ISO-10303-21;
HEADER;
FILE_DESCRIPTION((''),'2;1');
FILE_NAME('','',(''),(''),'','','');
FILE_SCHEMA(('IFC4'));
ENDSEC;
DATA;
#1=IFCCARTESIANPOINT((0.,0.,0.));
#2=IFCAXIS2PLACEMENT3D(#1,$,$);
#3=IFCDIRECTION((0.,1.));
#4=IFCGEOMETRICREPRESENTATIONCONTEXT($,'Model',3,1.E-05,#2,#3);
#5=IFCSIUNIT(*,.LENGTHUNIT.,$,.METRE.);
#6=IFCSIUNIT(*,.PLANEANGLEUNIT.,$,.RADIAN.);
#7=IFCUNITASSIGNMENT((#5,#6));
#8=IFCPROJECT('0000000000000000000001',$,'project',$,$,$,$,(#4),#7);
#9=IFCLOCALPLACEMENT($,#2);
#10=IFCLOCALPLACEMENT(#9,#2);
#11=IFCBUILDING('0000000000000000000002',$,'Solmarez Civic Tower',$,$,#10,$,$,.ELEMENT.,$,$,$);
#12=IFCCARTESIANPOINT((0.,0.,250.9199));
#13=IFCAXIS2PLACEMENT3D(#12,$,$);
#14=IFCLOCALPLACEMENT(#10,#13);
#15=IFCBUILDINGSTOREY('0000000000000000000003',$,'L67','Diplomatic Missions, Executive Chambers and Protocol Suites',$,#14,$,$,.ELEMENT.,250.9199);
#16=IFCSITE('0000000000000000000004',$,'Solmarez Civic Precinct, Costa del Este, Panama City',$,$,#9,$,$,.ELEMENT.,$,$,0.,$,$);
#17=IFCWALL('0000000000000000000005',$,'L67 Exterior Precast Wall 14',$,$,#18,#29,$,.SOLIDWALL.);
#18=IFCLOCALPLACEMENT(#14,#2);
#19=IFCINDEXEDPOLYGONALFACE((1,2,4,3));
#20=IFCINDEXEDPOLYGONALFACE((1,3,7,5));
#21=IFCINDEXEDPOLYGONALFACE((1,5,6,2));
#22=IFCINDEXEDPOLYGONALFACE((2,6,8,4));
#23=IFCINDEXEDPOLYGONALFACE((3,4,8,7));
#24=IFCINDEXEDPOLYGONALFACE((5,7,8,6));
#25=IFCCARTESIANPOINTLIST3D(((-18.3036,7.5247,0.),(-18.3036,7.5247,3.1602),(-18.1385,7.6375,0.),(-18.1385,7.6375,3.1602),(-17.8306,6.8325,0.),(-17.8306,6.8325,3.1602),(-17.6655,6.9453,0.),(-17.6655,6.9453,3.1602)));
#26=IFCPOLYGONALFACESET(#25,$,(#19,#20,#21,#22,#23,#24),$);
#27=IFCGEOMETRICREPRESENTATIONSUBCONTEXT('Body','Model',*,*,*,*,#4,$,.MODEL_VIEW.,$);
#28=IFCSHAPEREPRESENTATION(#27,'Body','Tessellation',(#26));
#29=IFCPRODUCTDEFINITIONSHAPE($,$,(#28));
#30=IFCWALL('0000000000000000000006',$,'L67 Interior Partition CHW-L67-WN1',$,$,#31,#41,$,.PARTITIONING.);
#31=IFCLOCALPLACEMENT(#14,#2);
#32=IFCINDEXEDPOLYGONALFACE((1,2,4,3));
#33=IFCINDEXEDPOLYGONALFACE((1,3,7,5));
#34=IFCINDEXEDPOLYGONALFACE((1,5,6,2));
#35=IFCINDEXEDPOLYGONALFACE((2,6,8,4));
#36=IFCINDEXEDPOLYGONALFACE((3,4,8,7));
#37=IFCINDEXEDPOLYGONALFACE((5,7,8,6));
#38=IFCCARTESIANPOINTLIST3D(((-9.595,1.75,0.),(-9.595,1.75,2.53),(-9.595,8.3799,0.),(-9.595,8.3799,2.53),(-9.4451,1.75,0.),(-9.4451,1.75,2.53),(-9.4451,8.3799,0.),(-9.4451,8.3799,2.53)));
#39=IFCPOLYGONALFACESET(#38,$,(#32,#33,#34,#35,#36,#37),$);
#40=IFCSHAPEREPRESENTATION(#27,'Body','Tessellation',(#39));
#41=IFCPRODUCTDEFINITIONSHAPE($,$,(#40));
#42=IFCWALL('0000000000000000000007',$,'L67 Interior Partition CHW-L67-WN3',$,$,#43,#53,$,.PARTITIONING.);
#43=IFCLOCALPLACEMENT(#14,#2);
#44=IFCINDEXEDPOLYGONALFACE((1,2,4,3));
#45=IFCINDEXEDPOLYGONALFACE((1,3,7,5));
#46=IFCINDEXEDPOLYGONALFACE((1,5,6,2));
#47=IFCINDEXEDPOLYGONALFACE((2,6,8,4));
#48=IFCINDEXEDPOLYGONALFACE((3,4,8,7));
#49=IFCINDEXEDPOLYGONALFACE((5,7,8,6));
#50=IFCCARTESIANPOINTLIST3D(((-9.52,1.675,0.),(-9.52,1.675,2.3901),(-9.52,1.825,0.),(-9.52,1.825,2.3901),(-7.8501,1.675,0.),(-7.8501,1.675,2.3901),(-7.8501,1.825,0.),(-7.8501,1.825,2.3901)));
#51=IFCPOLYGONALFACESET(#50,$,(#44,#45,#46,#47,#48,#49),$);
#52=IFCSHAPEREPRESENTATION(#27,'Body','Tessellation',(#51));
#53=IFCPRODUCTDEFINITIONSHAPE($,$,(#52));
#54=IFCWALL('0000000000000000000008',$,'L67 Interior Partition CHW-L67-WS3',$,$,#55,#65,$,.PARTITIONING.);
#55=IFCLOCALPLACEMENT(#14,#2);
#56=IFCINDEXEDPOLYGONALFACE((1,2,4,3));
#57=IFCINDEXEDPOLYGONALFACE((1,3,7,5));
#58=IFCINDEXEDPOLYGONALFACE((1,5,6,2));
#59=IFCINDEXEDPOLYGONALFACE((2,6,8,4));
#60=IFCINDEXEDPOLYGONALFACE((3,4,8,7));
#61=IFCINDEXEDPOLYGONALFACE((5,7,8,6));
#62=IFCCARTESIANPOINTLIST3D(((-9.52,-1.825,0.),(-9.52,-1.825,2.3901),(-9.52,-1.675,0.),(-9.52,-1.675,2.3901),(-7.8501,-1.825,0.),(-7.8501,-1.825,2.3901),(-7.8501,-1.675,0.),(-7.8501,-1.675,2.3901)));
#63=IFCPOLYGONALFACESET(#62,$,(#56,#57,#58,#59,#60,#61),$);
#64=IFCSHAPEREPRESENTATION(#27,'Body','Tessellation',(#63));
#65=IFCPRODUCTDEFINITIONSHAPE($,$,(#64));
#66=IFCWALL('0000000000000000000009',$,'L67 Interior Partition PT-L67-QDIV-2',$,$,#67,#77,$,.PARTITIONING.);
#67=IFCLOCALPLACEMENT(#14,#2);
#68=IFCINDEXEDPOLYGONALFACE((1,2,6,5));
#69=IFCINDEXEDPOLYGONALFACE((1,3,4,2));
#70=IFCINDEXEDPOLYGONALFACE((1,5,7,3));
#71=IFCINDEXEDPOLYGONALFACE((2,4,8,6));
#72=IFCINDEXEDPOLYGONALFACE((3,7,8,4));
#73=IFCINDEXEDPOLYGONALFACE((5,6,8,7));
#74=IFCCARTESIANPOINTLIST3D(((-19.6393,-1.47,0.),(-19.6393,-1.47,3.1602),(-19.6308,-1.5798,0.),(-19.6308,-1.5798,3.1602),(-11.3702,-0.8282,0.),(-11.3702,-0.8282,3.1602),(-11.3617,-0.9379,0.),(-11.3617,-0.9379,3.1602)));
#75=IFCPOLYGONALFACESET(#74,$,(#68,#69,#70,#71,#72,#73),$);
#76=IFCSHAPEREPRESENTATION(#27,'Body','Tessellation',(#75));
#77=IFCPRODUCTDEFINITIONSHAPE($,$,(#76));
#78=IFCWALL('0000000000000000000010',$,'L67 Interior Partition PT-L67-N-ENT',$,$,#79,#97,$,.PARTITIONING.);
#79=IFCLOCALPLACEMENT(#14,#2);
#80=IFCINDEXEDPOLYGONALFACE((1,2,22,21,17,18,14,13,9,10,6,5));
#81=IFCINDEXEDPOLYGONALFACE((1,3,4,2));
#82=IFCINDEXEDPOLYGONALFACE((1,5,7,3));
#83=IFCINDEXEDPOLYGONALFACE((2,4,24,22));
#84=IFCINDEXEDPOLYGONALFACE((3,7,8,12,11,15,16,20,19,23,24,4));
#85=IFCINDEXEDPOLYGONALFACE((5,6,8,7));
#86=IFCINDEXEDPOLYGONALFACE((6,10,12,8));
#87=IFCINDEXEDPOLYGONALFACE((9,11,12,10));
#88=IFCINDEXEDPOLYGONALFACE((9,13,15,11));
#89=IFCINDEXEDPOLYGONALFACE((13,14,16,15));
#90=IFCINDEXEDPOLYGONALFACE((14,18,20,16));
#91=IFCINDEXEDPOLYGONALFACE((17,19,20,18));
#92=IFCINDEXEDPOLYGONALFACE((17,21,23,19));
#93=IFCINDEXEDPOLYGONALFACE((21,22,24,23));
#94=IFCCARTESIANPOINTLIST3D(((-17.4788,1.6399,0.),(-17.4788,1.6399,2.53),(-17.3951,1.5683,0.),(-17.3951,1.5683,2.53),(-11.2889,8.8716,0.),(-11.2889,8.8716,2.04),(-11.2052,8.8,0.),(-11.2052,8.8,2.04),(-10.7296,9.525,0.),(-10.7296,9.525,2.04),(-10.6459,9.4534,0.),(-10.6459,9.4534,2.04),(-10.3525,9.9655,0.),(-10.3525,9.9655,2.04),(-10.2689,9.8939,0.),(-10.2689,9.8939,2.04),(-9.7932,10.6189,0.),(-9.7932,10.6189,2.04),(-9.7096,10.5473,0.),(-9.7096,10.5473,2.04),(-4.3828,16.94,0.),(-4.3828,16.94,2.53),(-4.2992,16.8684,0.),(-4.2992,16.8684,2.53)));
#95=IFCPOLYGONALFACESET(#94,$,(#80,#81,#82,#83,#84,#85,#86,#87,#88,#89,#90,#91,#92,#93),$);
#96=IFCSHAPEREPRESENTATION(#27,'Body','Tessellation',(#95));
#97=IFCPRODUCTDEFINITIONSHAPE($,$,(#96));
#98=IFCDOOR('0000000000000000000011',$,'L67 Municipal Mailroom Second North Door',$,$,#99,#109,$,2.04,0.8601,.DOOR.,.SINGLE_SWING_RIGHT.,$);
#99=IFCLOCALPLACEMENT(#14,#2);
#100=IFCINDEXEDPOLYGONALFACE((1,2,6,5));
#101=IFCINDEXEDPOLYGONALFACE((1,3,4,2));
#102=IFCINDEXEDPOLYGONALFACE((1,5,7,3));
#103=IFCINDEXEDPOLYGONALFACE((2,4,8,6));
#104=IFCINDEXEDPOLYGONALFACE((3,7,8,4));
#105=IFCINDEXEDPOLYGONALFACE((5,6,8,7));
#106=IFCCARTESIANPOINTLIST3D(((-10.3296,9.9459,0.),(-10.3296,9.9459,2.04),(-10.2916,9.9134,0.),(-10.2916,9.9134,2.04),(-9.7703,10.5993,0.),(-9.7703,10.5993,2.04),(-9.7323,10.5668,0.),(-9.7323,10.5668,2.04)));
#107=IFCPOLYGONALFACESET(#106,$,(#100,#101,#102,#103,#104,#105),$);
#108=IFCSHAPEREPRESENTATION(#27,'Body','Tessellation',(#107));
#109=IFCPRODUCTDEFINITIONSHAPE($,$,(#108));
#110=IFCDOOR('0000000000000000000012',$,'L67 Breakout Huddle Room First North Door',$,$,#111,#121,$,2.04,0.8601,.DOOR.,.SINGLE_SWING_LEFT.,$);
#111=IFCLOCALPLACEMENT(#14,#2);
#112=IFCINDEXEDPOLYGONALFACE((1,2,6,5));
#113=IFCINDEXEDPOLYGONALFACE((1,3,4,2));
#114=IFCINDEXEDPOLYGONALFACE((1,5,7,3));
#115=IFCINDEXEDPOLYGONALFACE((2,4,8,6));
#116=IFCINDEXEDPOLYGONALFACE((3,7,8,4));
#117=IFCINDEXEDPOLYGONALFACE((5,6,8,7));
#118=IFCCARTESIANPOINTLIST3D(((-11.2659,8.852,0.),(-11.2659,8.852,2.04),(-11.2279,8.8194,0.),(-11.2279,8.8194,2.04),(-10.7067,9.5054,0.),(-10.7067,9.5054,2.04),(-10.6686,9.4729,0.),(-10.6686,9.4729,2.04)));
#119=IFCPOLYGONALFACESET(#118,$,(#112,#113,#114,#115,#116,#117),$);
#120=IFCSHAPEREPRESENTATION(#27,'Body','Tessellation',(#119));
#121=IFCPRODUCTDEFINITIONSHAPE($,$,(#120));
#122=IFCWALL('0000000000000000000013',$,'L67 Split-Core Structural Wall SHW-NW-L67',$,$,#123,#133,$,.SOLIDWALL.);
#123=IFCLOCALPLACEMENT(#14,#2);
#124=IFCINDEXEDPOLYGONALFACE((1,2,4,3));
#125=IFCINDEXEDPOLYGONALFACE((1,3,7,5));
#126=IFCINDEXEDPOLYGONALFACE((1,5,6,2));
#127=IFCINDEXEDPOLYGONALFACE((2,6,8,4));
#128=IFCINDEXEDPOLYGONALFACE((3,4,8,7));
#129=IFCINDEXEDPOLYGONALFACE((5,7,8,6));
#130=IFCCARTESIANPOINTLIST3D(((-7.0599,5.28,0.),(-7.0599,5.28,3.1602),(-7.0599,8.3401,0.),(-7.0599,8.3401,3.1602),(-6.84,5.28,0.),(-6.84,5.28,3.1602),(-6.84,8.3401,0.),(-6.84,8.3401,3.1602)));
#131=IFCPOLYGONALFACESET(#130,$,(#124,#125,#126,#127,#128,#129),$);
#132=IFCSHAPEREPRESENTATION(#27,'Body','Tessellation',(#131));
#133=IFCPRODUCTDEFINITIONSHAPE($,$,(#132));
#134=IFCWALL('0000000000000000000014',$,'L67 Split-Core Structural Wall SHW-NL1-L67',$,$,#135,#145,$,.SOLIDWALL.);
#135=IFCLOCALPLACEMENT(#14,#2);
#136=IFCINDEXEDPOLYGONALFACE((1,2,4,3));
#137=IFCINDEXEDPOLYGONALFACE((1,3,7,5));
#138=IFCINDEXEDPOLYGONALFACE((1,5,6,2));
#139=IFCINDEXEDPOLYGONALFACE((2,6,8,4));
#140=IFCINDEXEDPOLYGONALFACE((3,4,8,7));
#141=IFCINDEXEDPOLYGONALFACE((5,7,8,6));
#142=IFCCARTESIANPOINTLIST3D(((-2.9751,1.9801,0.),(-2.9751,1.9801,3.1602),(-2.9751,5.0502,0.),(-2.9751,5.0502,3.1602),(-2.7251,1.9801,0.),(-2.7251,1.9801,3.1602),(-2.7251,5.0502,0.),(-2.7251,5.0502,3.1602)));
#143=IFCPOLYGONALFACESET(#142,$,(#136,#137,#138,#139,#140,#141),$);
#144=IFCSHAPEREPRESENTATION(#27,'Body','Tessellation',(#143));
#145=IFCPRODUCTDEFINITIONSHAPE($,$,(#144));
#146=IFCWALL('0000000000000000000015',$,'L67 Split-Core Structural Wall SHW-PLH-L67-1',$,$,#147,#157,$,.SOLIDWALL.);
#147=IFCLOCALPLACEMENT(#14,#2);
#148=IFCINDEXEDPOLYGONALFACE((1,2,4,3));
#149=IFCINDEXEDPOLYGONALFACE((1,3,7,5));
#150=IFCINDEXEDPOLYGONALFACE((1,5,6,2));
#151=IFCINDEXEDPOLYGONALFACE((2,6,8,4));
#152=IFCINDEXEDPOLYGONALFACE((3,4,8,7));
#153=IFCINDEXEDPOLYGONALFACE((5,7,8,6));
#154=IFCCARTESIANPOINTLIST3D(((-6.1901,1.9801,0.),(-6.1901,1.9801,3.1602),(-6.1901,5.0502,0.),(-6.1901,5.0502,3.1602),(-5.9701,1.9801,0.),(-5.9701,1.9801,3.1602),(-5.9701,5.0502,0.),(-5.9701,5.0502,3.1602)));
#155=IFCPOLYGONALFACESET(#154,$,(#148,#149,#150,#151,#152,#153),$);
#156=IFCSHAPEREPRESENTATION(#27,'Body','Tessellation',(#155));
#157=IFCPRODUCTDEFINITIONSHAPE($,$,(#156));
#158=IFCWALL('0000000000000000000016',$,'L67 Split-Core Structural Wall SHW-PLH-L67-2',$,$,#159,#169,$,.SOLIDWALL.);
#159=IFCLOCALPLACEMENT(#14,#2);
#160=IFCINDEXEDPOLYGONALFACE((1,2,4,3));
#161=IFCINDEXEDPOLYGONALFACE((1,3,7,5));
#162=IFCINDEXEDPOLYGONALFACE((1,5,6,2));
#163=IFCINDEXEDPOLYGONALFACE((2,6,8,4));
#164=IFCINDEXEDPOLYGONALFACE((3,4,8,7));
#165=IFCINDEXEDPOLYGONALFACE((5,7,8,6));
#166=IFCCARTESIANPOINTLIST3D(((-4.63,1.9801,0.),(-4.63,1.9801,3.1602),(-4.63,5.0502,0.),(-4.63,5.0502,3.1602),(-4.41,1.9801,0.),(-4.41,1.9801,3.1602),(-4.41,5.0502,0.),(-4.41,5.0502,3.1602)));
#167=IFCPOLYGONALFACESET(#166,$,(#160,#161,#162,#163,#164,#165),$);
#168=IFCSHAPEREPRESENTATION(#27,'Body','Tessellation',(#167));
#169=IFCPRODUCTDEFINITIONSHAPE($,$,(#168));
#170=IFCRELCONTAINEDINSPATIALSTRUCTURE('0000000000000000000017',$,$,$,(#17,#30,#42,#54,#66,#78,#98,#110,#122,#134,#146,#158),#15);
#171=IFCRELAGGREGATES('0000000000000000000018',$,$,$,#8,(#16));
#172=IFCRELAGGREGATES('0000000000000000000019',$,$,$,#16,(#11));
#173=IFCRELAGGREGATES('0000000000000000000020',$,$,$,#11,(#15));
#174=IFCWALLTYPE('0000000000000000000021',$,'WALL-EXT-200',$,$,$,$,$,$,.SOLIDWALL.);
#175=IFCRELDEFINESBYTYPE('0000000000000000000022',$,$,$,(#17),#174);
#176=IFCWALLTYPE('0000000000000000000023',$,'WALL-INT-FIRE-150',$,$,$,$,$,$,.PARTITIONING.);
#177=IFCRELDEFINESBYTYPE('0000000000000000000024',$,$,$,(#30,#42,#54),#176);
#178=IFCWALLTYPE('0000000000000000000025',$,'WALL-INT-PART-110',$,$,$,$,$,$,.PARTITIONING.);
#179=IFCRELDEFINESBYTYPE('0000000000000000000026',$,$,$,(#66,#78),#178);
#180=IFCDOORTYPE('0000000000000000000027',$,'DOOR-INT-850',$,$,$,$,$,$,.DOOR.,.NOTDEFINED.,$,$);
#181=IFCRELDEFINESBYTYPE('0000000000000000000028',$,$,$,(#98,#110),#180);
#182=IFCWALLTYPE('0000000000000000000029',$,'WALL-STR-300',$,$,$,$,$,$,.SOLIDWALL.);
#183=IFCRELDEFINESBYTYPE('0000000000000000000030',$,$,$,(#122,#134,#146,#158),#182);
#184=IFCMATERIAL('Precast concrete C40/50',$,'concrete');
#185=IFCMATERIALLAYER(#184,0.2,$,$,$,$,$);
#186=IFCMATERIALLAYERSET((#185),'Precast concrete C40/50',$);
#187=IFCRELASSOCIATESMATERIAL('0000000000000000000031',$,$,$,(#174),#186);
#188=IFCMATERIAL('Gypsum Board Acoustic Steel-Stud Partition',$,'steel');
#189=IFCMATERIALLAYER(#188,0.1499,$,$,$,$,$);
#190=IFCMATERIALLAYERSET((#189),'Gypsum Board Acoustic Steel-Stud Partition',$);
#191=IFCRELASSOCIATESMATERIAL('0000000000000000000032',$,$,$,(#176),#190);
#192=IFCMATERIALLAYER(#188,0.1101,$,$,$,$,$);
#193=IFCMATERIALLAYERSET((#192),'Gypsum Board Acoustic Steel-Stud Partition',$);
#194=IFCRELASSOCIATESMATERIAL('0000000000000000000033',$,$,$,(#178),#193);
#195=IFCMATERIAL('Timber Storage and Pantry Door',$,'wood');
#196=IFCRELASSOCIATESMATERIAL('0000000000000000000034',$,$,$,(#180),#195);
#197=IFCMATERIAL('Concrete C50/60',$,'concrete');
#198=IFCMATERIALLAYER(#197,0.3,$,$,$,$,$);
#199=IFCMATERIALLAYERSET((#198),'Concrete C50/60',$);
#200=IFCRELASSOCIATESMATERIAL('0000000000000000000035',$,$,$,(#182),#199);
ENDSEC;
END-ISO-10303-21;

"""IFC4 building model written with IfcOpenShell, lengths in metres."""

from ifc_helpers import new_model, si_unit, direction, frame, frame_2d, origin, place, context, subcontext, project, spatial, rectangle, extrude, material, layer, layer_set, type_object, element, fill, save


model = new_model("IFC4")

# Units and contexts
model_context = context("Model", 3, precision=1e-05, world=origin(), true_north=direction((0.0, 1.0)))
body_context = subcontext(model_context, "Body", "Model", "MODEL_VIEW")
ifc_project = project(units=[si_unit("LENGTHUNIT", "METRE"), si_unit("PLANEANGLEUNIT", "RADIAN")], contexts=[model_context])

# Site, building, storey
site_placement = place(None, origin())
site = spatial("IfcSite", under=ifc_project, at=site_placement, Name="Solmarez Civic Precinct, Costa del Este, Panama City", CompositionType="ELEMENT", RefElevation=0.0)
building_placement = place(site_placement, origin())
building = spatial("IfcBuilding", under=site, at=building_placement, Name="Solmarez Civic Tower", CompositionType="ELEMENT")
storey_placement = place(building_placement, frame((0.0, 0.0, 250.9199)))
storey = spatial("IfcBuildingStorey", under=building, at=storey_placement, Name="L67", Description="Diplomatic Missions, Executive Chambers and Protocol Suites", CompositionType="ELEMENT", Elevation=250.9199)

# Shared definitions
ifc_material_1 = material(Name="Concrete C50/60", Category="concrete")

# Walls
ifc_material_2 = material(Name="Precast concrete C40/50", Category="concrete")
ifc_layer_1 = layer(ifc_material_2, 0.2)
ifc_layer_set_1 = layer_set([ifc_layer_1], Name="Precast concrete C40/50")
wall_type_1 = type_object("IfcWallType", Name="WALL-EXT-200", PredefinedType="SOLIDWALL", material=ifc_layer_set_1)
wall_1_placement = place(storey_placement, frame((-17.748, 6.8889, 0.0), z_axis=(0.0, 0.0, 1.0), x_axis=(-0.564141, 0.825679, 0.0)))
element("IfcWall", 1, at=wall_1_placement, inside=storey, type_object=wall_type_1, Name="L67 Exterior Precast Wall 14", PredefinedType="SOLIDWALL", context=body_context, shape_type="SweptSolid", body=[
    extrude(rectangle(XDim=0.8384, YDim=0.2, at=frame_2d((0.4192, 0.0))), origin(), (0.0, 0.0, 1.0), 3.1602),
])
ifc_material_3 = material(Name="Gypsum Board Acoustic Steel-Stud Partition", Category="steel")
ifc_layer_2 = layer(ifc_material_3, 0.1499)
ifc_layer_set_2 = layer_set([ifc_layer_2], Name="Gypsum Board Acoustic Steel-Stud Partition")
wall_type_2 = type_object("IfcWallType", Name="WALL-INT-FIRE-150", PredefinedType="PARTITIONING", material=ifc_layer_set_2)
wall_2_placement = place(storey_placement, frame((-9.52, 1.75, 0.0), z_axis=(0.0, 0.0, 1.0), x_axis=(0.0, 1.0, 0.0)))
element("IfcWall", 2, at=wall_2_placement, inside=storey, type_object=wall_type_2, Name="L67 Interior Partition CHW-L67-WN1", PredefinedType="PARTITIONING", context=body_context, shape_type="SweptSolid", body=[
    extrude(rectangle(XDim=6.6299, YDim=0.1499, at=frame_2d((3.3149, 0.0))), origin(), (0.0, 0.0, 1.0), 2.53),
])
for number, where, z_axis, x_axis, name in (
    (3, (-7.8501, 1.75, 0.0), (0.0, 0.0, 1.0), (-1.0, 0.0, 0.0), "L67 Interior Partition CHW-L67-WN3"),
    (4, (-7.8501, -1.75, 0.0), (0.0, 0.0, 1.0), (-1.0, 0.0, 0.0), "L67 Interior Partition CHW-L67-WS3"),
):
    element("IfcWall", number, at=place(storey_placement, frame(where, z_axis=z_axis, x_axis=x_axis)), inside=storey, type_object=wall_type_2, Name=name, PredefinedType="PARTITIONING", context=body_context, shape_type="SweptSolid", body=[
        extrude(rectangle(XDim=1.6699, YDim=0.1499, at=frame_2d((0.835, 0.0))), origin(), (0.0, 0.0, 1.0), 2.3901),
    ])
ifc_layer_3 = layer(ifc_material_3, 0.1101)
ifc_layer_set_3 = layer_set([ifc_layer_3], Name="Gypsum Board Acoustic Steel-Stud Partition")
wall_type_3 = type_object("IfcWallType", Name="WALL-INT-PART-110", PredefinedType="PARTITIONING", material=ifc_layer_set_3)
wall_3_placement = place(storey_placement, frame((-11.366, -0.8831, 0.0), z_axis=(0.0, 0.0, 1.0), x_axis=(-0.997001, -0.077388, 0.0)))
element("IfcWall", 5, at=wall_3_placement, inside=storey, type_object=wall_type_3, Name="L67 Interior Partition PT-L67-QDIV-2", PredefinedType="PARTITIONING", context=body_context, shape_type="SweptSolid", body=[
    extrude(rectangle(XDim=8.2939, YDim=0.1101, at=frame_2d((4.147, 0.0))), origin(), (0.0, 0.0, 1.0), 3.1602),
])

# Wall, openings, doors
wall_4_placement = place(storey_placement, frame((-17.437, 1.604, 0.0), z_axis=(0.0, 0.0, 1.0), x_axis=(0.650265, 0.759707, 0.0)))
wall_4 = element("IfcWall", 6, at=wall_4_placement, inside=storey, type_object=wall_type_3, Name="L67 Interior Partition PT-L67-N-ENT", PredefinedType="PARTITIONING", context=body_context, shape_type="SweptSolid", body=[
    extrude(rectangle(XDim=20.1394, YDim=0.1101, at=frame_2d((10.0698, 0.0))), origin(), (0.0, 0.0, 1.0), 2.53),
])
opening_1_placement = place(wall_4_placement, frame((10.959, 0.0, 0.0)))
opening_1 = element("IfcOpeningElement", 7, at=opening_1_placement, cuts=wall_4, PredefinedType="OPENING", context=body_context, shape_type="SweptSolid", body=[
    extrude(rectangle(XDim=0.8601, YDim=2.04, at=frame_2d((0.4302, 1.02))), frame((0.0, 0.0649, 0.0), z_axis=(0.0, -1.0, 0.0), x_axis=(1.0, 0.0, 0.0)), (0.0, 0.0, 1.0), 0.1301),
])
opening_2_placement = place(wall_4_placement, frame((9.519, 0.0, 0.0)))
opening_2 = element("IfcOpeningElement", 8, at=opening_2_placement, cuts=wall_4, PredefinedType="OPENING", context=body_context, shape_type="SweptSolid", body=[
    extrude(rectangle(XDim=0.8601, YDim=2.04, at=frame_2d((0.4302, 1.02))), frame((0.0, 0.0649, 0.0), z_axis=(0.0, -1.0, 0.0), x_axis=(1.0, 0.0, 0.0)), (0.0, 0.0, 1.0), 0.1301),
])
ifc_material_4 = material(Name="Timber Storage and Pantry Door", Category="wood")
door_type = type_object("IfcDoorType", Name="DOOR-INT-850", OperationType="NOTDEFINED", PredefinedType="DOOR", material=ifc_material_4)
door_1_placement = place(opening_1_placement, origin())
door_1 = element("IfcDoor", 9, at=door_1_placement, inside=storey, type_object=door_type, Name="L67 Municipal Mailroom Second North Door", OperationType="SINGLE_SWING_RIGHT", OverallHeight=2.04, OverallWidth=0.8601, PredefinedType="DOOR", context=body_context, shape_type="SweptSolid", body=[
    extrude(rectangle(XDim=0.8601, YDim=2.04, at=frame_2d((0.4302, 1.02))), frame((0.0, 0.0249, 0.0), z_axis=(0.0, -1.0, 0.0), x_axis=(1.0, 0.0, 0.0)), (0.0, 0.0, 1.0), 0.05),
])
fill(opening_1, door_1)
door_2_placement = place(opening_2_placement, origin())
door_2 = element("IfcDoor", 10, at=door_2_placement, inside=storey, type_object=door_type, Name="L67 Breakout Huddle Room First North Door", OperationType="SINGLE_SWING_LEFT", OverallHeight=2.04, OverallWidth=0.8601, PredefinedType="DOOR", context=body_context, shape_type="SweptSolid", body=[
    extrude(rectangle(XDim=0.8601, YDim=2.04, at=frame_2d((0.4302, 1.02))), frame((0.0, 0.0249, 0.0), z_axis=(0.0, -1.0, 0.0), x_axis=(1.0, 0.0, 0.0)), (0.0, 0.0, 1.0), 0.05),
])
fill(opening_2, door_2)

# Walls
ifc_layer_4 = layer(ifc_material_1, 0.3)
ifc_layer_set_4 = layer_set([ifc_layer_4], Name="Concrete C50/60")
wall_type_4 = type_object("IfcWallType", Name="WALL-STR-300", PredefinedType="SOLIDWALL", material=ifc_layer_set_4)
wall_5_placement = place(storey_placement, frame((-6.95, 5.28, 0.0), z_axis=(0.0, 0.0, 1.0), x_axis=(0.0, 1.0, 0.0)))
element("IfcWall", 11, at=wall_5_placement, inside=storey, type_object=wall_type_4, Name="L67 Split-Core Structural Wall SHW-NW-L67", PredefinedType="SOLIDWALL", context=body_context, shape_type="SweptSolid", body=[
    extrude(rectangle(XDim=3.0601, YDim=0.22, at=frame_2d((1.53, 0.0))), origin(), (0.0, 0.0, 1.0), 3.1602),
])
wall_6_placement = place(storey_placement, frame((-2.8501, 1.98, 0.0), z_axis=(0.0, 0.0, 1.0), x_axis=(0.0, 1.0, 0.0)))
element("IfcWall", 12, at=wall_6_placement, inside=storey, type_object=wall_type_4, Name="L67 Split-Core Structural Wall SHW-NL1-L67", PredefinedType="SOLIDWALL", context=body_context, shape_type="SweptSolid", body=[
    extrude(rectangle(XDim=3.0701, YDim=0.25, at=frame_2d((1.5352, 0.0))), origin(), (0.0, 0.0, 1.0), 3.1602),
])
for number, where, z_axis, x_axis, name in (
    (13, (-6.0801, 1.98, 0.0), (0.0, 0.0, 1.0), (0.0, 1.0, 0.0), "L67 Split-Core Structural Wall SHW-PLH-L67-1"),
    (14, (-4.52, 1.98, 0.0), (0.0, 0.0, 1.0), (0.0, 1.0, 0.0), "L67 Split-Core Structural Wall SHW-PLH-L67-2"),
):
    element("IfcWall", number, at=place(storey_placement, frame(where, z_axis=z_axis, x_axis=x_axis)), inside=storey, type_object=wall_type_4, Name=name, PredefinedType="SOLIDWALL", context=body_context, shape_type="SweptSolid", body=[
        extrude(rectangle(XDim=3.0701, YDim=0.22, at=frame_2d((1.5352, 0.0))), origin(), (0.0, 0.0, 1.0), 3.1602),
    ])

save(model, "model.ifc")
